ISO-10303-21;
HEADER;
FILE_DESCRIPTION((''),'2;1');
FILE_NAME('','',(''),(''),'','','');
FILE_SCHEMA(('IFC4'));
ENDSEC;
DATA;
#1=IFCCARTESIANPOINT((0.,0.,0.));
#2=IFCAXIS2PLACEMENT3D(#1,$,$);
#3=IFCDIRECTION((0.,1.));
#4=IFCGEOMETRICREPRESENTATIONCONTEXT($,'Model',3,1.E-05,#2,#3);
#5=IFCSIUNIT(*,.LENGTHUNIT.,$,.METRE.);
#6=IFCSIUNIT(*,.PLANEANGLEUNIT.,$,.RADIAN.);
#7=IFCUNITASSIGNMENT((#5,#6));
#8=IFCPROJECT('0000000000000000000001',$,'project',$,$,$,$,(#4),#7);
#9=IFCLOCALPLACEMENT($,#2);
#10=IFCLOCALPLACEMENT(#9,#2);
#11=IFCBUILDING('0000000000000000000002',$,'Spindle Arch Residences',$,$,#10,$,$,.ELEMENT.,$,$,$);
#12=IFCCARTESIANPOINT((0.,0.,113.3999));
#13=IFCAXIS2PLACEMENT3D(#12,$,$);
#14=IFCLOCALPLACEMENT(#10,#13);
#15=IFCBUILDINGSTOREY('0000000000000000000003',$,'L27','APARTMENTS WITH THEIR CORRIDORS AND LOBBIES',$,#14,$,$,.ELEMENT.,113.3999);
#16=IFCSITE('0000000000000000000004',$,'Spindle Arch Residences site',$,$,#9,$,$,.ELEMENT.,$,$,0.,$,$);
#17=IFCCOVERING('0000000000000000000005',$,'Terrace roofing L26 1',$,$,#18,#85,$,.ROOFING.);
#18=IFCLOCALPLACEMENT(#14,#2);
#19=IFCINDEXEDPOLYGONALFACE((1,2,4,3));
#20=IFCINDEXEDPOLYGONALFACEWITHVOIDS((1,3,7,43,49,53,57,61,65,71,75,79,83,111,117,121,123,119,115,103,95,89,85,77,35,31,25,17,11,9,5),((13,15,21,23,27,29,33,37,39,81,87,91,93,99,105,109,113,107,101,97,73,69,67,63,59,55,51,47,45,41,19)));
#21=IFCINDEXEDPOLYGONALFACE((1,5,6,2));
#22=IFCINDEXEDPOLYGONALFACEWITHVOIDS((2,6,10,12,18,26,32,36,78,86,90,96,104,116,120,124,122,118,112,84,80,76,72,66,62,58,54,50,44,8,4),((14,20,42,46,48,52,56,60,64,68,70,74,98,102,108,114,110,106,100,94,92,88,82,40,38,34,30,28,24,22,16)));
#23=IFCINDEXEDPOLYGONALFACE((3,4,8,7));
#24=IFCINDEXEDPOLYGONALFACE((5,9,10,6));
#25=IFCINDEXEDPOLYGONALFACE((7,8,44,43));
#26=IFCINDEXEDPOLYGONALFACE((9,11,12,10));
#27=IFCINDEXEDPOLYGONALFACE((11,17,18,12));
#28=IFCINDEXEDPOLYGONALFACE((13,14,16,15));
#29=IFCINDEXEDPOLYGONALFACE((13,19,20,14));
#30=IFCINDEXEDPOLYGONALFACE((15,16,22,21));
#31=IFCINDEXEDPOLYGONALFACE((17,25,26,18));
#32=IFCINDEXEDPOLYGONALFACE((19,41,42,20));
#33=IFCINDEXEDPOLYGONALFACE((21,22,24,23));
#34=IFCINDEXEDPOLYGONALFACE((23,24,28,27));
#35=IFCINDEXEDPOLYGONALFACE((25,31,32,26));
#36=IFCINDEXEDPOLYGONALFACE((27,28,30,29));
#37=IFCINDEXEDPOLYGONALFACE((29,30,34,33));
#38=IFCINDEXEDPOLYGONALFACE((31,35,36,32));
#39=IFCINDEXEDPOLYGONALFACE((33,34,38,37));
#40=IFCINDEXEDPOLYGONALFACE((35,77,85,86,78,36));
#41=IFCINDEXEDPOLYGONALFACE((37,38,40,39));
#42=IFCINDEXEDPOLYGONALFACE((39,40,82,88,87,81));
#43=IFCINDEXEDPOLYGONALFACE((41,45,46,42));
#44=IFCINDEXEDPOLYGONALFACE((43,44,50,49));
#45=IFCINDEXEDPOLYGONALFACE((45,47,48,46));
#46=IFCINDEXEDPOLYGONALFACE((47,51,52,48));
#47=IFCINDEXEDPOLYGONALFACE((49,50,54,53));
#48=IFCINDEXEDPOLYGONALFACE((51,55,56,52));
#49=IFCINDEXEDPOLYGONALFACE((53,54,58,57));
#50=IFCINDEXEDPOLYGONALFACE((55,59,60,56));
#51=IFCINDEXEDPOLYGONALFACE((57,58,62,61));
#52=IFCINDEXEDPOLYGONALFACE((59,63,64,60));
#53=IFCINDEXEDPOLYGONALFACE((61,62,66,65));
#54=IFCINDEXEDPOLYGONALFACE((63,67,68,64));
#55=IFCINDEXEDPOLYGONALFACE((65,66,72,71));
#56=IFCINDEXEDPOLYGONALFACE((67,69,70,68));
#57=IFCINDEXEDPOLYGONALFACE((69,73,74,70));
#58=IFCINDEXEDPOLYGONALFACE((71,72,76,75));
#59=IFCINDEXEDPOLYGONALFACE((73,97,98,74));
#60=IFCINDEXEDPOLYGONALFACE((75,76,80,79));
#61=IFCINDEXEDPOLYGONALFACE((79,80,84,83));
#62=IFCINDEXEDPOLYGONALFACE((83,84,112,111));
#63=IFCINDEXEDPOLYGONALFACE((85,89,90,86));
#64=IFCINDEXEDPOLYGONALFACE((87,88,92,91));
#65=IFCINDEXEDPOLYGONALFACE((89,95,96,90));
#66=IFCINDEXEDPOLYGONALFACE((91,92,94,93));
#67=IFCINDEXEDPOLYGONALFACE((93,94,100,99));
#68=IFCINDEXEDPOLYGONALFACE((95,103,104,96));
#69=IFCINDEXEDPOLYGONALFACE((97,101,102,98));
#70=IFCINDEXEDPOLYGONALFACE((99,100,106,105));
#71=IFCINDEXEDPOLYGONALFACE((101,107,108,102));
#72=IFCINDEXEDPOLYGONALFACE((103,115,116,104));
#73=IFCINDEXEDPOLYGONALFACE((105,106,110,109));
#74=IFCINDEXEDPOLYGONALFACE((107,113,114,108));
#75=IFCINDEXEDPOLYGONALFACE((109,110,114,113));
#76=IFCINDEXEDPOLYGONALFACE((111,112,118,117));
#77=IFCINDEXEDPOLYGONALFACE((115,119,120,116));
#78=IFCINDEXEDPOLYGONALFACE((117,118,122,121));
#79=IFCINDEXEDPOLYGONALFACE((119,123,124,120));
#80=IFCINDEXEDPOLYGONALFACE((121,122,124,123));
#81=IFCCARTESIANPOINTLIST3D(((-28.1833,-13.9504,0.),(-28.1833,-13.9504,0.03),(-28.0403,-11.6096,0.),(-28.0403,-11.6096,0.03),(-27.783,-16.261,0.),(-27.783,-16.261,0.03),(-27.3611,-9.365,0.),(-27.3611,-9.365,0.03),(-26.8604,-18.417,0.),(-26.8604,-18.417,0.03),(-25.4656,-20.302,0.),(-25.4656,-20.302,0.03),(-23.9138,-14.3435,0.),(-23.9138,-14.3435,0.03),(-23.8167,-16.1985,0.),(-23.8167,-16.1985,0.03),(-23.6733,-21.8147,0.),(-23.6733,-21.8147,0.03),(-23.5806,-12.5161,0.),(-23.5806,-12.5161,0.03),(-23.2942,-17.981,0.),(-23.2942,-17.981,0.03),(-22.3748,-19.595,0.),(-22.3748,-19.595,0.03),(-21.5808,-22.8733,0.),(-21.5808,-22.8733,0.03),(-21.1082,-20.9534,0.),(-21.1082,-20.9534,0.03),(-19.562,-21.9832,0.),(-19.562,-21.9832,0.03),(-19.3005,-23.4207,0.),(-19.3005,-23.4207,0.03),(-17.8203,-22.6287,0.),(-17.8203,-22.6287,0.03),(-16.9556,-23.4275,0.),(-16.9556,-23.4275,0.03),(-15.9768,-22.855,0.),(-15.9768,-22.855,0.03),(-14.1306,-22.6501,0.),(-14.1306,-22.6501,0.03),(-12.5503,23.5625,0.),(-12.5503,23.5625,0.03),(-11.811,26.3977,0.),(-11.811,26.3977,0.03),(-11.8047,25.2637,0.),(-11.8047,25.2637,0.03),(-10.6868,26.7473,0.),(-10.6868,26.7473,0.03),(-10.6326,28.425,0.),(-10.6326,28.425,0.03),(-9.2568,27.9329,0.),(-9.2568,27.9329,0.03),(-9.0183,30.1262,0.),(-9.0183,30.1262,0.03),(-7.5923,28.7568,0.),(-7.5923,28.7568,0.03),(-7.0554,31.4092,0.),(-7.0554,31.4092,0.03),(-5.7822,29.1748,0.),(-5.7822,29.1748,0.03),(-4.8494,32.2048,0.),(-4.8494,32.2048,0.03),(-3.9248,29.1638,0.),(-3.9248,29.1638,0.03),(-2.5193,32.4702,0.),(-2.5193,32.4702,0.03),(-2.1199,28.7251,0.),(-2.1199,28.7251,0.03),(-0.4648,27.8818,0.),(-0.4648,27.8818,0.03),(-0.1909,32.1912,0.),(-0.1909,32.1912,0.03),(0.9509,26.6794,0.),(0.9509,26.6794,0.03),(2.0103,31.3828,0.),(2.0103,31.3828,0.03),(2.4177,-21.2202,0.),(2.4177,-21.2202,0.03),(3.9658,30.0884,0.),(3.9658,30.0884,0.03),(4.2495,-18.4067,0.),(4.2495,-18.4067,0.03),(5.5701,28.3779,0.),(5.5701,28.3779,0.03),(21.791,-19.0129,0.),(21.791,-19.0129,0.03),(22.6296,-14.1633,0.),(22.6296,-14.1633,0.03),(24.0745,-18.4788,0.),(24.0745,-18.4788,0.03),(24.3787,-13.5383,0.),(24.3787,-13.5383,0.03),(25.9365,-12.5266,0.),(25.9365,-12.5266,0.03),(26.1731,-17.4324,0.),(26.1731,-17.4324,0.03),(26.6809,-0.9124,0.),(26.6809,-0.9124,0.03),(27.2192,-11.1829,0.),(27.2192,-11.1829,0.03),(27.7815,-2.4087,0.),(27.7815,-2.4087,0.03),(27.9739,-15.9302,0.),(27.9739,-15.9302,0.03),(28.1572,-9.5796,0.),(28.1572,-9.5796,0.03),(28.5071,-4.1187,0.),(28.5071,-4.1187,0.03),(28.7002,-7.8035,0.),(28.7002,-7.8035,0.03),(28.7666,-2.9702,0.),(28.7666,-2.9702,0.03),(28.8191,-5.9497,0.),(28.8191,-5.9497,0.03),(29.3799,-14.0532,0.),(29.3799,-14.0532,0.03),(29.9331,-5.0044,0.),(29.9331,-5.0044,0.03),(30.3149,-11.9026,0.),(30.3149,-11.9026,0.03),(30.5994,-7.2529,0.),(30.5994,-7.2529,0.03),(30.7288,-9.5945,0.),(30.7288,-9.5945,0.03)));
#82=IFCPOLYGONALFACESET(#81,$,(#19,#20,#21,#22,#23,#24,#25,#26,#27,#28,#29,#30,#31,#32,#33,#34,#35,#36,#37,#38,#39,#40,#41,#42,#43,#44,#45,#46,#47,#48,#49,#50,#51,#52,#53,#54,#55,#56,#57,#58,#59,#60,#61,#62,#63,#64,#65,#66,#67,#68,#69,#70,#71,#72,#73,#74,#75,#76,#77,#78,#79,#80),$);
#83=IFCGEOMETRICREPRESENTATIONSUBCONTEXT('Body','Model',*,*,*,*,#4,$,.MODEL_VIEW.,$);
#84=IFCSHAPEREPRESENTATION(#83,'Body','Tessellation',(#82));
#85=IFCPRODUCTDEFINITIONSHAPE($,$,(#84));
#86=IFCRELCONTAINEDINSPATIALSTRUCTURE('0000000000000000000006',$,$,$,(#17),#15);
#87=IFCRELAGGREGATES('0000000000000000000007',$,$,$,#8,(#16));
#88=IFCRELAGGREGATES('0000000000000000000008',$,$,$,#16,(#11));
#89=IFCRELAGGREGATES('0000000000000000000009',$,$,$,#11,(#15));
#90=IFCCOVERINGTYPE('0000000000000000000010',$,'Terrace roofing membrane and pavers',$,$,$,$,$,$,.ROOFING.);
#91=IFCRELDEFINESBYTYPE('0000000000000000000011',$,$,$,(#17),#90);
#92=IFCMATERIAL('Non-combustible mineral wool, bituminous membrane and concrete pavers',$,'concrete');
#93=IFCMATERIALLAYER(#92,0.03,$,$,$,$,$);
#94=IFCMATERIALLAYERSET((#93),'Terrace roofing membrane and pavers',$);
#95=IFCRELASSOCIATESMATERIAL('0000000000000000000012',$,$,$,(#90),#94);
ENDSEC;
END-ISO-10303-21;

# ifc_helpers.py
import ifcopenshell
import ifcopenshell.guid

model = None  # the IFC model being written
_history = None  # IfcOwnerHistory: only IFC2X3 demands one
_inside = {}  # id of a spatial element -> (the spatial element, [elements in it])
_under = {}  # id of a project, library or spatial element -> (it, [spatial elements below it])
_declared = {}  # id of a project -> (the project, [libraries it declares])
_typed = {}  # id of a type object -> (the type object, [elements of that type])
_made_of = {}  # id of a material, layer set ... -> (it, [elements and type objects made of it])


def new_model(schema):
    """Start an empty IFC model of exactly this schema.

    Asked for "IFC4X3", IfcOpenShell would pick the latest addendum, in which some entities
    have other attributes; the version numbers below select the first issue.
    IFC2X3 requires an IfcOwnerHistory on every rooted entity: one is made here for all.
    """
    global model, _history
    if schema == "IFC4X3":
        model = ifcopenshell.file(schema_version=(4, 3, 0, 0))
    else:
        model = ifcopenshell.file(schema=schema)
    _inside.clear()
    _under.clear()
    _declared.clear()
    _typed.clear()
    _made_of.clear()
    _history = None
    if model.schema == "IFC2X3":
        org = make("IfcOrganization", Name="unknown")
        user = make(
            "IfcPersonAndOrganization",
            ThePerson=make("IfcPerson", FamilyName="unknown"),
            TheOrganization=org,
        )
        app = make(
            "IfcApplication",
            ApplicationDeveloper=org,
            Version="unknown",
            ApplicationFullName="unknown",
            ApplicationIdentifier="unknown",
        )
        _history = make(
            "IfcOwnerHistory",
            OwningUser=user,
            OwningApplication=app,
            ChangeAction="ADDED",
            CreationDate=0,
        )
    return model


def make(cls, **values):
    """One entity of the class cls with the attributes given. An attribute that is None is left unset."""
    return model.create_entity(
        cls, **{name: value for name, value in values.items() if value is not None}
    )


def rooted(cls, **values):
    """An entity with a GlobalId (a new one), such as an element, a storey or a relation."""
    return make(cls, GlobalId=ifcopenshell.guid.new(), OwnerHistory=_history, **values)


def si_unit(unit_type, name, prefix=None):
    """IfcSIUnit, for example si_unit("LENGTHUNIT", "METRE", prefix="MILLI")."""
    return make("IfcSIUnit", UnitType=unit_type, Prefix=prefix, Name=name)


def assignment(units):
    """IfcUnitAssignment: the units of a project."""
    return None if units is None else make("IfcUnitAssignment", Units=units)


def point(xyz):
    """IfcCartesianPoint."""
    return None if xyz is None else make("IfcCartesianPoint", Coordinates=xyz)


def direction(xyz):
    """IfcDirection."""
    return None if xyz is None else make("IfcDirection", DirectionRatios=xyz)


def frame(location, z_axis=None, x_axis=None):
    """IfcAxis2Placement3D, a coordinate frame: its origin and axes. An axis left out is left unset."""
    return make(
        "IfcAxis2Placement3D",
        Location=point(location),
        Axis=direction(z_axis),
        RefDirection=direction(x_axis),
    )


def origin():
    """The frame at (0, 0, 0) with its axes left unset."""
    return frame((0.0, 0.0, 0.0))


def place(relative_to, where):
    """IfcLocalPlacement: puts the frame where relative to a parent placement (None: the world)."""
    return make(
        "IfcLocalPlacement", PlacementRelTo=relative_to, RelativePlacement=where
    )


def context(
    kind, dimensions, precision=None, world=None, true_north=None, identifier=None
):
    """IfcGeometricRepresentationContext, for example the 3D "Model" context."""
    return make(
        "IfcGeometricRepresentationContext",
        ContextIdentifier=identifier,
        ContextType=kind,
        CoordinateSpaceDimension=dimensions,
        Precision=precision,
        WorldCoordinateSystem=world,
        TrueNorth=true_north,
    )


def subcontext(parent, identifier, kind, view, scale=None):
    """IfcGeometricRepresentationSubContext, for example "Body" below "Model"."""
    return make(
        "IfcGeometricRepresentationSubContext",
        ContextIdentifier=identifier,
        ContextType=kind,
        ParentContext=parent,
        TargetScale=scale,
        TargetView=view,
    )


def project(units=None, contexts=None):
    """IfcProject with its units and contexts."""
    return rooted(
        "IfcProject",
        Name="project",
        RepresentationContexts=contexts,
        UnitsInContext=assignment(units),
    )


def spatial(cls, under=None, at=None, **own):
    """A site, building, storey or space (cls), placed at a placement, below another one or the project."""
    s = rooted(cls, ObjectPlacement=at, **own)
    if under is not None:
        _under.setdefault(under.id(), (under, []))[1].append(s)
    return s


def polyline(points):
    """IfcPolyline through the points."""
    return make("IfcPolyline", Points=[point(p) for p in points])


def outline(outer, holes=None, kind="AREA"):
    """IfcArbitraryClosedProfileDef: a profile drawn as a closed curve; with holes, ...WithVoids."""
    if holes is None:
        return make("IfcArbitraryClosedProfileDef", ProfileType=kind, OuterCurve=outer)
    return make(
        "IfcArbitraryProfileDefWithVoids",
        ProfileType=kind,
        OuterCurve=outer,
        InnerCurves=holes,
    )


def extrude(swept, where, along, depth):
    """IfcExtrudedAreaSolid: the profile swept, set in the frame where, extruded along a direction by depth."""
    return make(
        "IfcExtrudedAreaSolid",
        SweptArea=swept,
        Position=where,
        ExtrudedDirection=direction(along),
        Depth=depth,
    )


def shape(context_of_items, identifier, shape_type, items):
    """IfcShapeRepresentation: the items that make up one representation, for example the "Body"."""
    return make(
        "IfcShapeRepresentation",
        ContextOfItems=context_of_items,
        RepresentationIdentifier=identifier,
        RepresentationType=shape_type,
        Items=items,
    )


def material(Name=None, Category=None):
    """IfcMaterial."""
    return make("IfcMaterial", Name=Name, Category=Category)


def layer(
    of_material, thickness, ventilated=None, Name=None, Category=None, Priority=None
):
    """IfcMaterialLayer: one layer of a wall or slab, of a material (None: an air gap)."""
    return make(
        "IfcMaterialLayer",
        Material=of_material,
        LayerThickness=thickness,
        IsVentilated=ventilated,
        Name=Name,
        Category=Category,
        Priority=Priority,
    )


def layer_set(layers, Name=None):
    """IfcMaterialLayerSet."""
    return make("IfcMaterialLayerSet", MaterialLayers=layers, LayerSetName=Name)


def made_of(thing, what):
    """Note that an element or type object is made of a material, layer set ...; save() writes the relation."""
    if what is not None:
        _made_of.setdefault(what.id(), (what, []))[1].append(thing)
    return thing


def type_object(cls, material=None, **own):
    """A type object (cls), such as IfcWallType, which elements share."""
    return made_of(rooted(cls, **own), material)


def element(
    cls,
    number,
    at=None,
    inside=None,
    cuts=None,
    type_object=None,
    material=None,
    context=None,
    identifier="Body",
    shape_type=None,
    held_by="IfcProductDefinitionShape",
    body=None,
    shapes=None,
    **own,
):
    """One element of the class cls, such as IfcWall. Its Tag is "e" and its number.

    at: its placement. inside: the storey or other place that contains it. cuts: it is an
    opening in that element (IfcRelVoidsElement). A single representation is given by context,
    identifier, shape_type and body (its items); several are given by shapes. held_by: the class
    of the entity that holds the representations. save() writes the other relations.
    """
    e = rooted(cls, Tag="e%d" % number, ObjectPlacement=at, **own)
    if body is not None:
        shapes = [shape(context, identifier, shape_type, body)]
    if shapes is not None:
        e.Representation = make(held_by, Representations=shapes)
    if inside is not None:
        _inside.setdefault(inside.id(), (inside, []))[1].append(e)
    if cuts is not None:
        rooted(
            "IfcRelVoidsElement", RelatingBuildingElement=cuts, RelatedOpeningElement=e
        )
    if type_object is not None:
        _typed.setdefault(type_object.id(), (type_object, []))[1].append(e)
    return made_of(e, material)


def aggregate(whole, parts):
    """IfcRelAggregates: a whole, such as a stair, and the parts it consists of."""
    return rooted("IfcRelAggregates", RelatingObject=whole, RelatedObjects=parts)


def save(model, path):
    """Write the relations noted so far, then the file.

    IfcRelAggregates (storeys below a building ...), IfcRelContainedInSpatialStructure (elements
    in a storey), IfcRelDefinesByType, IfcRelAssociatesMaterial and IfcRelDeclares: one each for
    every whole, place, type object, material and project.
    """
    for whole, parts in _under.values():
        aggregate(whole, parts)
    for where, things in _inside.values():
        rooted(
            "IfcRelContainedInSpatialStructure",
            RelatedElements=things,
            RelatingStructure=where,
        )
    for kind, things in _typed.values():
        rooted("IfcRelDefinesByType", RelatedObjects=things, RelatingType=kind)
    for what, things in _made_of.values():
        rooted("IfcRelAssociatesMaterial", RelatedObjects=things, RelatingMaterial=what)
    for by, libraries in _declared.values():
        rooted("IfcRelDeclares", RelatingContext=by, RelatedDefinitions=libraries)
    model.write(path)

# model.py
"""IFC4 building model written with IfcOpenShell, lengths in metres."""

from ifc_helpers import new_model, si_unit, direction, frame, origin, place, context, subcontext, project, spatial, polyline, outline, extrude, material, layer, layer_set, type_object, element, save


model = new_model("IFC4")

# Units and contexts
model_context = context("Model", 3, precision=1e-05, world=origin(), true_north=direction((0.0, 1.0)))
body_context = subcontext(model_context, "Body", "Model", "MODEL_VIEW")
ifc_project = project(units=[si_unit("LENGTHUNIT", "METRE"), si_unit("PLANEANGLEUNIT", "RADIAN")], contexts=[model_context])

# Site, building, storey
site_placement = place(None, origin())
site = spatial("IfcSite", under=ifc_project, at=site_placement, Name="Spindle Arch Residences site", CompositionType="ELEMENT", RefElevation=0.0)
building_placement = place(site_placement, origin())
building = spatial("IfcBuilding", under=site, at=building_placement, Name="Spindle Arch Residences", CompositionType="ELEMENT")
storey_placement = place(building_placement, frame((0.0, 0.0, 113.3999)))
storey = spatial("IfcBuildingStorey", under=building, at=storey_placement, Name="L27", Description="APARTMENTS WITH THEIR CORRIDORS AND LOBBIES", CompositionType="ELEMENT", Elevation=113.3999)

# Covering
ifc_material_1 = material(Name="Non-combustible mineral wool, bituminous membrane and concrete pavers", Category="concrete")
ifc_layer_1 = layer(ifc_material_1, 0.03)
ifc_layer_set_1 = layer_set([ifc_layer_1], Name="Terrace roofing membrane and pavers")
covering_type = type_object("IfcCoveringType", Name="Terrace roofing membrane and pavers", PredefinedType="ROOFING", material=ifc_layer_set_1)
covering_placement = place(storey_placement, origin())
element("IfcCovering", 1, at=covering_placement, inside=storey, type_object=covering_type, Name="Terrace roofing L26 1", PredefinedType="ROOFING", context=body_context, shape_type="SweptSolid", body=[
    extrude(outline(polyline([(-16.9556, -23.4275), (-19.3005, -23.4207), (-21.5808, -22.8733), (-23.6733, -21.8147), (-25.4656, -20.302), (-26.8604, -18.417), (-27.783, -16.261), (-28.1833, -13.9504), (-28.0403, -11.6096), (-27.3611, -9.365), (-11.811, 26.3977), (-10.6326, 28.425), (-9.0183, 30.1262), (-7.0554, 31.4092), (-4.8494, 32.2048), (-2.5193, 32.4702), (-0.1909, 32.1912), (2.0103, 31.3828), (3.9658, 30.0884), (5.5701, 28.3779), (28.7666, -2.9702), (29.9331, -5.0044), (30.5994, -7.2529), (30.7288, -9.5945), (30.3149, -11.9026), (29.3799, -14.0532), (27.9739, -15.9302), (26.1731, -17.4324), (24.0745, -18.4788), (21.791, -19.0129), (2.4177, -21.2202), (-16.9556, -23.4275)]), holes=[polyline([(22.6296, -14.1633), (24.3787, -13.5383), (25.9365, -12.5266), (27.2192, -11.1829), (28.1572, -9.5796), (28.7002, -7.8035), (28.8191, -5.9497), (28.5071, -4.1187), (27.7815, -2.4087), (26.6809, -0.9124), (0.9509, 26.6794), (-0.4648, 27.8818), (-2.1199, 28.7251), (-3.9248, 29.1638), (-5.7822, 29.1748), (-7.5923, 28.7568), (-9.2568, 27.9329), (-10.6868, 26.7473), (-11.8047, 25.2637), (-12.5503, 23.5625), (-23.5806, -12.5161), (-23.9138, -14.3435), (-23.8167, -16.1985), (-23.2942, -17.981), (-22.3748, -19.595), (-21.1082, -20.9534), (-19.562, -21.9832), (-17.8203, -22.6287), (-15.9768, -22.855), (-14.1306, -22.6501), (4.2495, -18.4067), (22.6296, -14.1633)])]), origin(), (0.0, 0.0, 1.0), 0.03),
])

save(model, "model.ifc")
